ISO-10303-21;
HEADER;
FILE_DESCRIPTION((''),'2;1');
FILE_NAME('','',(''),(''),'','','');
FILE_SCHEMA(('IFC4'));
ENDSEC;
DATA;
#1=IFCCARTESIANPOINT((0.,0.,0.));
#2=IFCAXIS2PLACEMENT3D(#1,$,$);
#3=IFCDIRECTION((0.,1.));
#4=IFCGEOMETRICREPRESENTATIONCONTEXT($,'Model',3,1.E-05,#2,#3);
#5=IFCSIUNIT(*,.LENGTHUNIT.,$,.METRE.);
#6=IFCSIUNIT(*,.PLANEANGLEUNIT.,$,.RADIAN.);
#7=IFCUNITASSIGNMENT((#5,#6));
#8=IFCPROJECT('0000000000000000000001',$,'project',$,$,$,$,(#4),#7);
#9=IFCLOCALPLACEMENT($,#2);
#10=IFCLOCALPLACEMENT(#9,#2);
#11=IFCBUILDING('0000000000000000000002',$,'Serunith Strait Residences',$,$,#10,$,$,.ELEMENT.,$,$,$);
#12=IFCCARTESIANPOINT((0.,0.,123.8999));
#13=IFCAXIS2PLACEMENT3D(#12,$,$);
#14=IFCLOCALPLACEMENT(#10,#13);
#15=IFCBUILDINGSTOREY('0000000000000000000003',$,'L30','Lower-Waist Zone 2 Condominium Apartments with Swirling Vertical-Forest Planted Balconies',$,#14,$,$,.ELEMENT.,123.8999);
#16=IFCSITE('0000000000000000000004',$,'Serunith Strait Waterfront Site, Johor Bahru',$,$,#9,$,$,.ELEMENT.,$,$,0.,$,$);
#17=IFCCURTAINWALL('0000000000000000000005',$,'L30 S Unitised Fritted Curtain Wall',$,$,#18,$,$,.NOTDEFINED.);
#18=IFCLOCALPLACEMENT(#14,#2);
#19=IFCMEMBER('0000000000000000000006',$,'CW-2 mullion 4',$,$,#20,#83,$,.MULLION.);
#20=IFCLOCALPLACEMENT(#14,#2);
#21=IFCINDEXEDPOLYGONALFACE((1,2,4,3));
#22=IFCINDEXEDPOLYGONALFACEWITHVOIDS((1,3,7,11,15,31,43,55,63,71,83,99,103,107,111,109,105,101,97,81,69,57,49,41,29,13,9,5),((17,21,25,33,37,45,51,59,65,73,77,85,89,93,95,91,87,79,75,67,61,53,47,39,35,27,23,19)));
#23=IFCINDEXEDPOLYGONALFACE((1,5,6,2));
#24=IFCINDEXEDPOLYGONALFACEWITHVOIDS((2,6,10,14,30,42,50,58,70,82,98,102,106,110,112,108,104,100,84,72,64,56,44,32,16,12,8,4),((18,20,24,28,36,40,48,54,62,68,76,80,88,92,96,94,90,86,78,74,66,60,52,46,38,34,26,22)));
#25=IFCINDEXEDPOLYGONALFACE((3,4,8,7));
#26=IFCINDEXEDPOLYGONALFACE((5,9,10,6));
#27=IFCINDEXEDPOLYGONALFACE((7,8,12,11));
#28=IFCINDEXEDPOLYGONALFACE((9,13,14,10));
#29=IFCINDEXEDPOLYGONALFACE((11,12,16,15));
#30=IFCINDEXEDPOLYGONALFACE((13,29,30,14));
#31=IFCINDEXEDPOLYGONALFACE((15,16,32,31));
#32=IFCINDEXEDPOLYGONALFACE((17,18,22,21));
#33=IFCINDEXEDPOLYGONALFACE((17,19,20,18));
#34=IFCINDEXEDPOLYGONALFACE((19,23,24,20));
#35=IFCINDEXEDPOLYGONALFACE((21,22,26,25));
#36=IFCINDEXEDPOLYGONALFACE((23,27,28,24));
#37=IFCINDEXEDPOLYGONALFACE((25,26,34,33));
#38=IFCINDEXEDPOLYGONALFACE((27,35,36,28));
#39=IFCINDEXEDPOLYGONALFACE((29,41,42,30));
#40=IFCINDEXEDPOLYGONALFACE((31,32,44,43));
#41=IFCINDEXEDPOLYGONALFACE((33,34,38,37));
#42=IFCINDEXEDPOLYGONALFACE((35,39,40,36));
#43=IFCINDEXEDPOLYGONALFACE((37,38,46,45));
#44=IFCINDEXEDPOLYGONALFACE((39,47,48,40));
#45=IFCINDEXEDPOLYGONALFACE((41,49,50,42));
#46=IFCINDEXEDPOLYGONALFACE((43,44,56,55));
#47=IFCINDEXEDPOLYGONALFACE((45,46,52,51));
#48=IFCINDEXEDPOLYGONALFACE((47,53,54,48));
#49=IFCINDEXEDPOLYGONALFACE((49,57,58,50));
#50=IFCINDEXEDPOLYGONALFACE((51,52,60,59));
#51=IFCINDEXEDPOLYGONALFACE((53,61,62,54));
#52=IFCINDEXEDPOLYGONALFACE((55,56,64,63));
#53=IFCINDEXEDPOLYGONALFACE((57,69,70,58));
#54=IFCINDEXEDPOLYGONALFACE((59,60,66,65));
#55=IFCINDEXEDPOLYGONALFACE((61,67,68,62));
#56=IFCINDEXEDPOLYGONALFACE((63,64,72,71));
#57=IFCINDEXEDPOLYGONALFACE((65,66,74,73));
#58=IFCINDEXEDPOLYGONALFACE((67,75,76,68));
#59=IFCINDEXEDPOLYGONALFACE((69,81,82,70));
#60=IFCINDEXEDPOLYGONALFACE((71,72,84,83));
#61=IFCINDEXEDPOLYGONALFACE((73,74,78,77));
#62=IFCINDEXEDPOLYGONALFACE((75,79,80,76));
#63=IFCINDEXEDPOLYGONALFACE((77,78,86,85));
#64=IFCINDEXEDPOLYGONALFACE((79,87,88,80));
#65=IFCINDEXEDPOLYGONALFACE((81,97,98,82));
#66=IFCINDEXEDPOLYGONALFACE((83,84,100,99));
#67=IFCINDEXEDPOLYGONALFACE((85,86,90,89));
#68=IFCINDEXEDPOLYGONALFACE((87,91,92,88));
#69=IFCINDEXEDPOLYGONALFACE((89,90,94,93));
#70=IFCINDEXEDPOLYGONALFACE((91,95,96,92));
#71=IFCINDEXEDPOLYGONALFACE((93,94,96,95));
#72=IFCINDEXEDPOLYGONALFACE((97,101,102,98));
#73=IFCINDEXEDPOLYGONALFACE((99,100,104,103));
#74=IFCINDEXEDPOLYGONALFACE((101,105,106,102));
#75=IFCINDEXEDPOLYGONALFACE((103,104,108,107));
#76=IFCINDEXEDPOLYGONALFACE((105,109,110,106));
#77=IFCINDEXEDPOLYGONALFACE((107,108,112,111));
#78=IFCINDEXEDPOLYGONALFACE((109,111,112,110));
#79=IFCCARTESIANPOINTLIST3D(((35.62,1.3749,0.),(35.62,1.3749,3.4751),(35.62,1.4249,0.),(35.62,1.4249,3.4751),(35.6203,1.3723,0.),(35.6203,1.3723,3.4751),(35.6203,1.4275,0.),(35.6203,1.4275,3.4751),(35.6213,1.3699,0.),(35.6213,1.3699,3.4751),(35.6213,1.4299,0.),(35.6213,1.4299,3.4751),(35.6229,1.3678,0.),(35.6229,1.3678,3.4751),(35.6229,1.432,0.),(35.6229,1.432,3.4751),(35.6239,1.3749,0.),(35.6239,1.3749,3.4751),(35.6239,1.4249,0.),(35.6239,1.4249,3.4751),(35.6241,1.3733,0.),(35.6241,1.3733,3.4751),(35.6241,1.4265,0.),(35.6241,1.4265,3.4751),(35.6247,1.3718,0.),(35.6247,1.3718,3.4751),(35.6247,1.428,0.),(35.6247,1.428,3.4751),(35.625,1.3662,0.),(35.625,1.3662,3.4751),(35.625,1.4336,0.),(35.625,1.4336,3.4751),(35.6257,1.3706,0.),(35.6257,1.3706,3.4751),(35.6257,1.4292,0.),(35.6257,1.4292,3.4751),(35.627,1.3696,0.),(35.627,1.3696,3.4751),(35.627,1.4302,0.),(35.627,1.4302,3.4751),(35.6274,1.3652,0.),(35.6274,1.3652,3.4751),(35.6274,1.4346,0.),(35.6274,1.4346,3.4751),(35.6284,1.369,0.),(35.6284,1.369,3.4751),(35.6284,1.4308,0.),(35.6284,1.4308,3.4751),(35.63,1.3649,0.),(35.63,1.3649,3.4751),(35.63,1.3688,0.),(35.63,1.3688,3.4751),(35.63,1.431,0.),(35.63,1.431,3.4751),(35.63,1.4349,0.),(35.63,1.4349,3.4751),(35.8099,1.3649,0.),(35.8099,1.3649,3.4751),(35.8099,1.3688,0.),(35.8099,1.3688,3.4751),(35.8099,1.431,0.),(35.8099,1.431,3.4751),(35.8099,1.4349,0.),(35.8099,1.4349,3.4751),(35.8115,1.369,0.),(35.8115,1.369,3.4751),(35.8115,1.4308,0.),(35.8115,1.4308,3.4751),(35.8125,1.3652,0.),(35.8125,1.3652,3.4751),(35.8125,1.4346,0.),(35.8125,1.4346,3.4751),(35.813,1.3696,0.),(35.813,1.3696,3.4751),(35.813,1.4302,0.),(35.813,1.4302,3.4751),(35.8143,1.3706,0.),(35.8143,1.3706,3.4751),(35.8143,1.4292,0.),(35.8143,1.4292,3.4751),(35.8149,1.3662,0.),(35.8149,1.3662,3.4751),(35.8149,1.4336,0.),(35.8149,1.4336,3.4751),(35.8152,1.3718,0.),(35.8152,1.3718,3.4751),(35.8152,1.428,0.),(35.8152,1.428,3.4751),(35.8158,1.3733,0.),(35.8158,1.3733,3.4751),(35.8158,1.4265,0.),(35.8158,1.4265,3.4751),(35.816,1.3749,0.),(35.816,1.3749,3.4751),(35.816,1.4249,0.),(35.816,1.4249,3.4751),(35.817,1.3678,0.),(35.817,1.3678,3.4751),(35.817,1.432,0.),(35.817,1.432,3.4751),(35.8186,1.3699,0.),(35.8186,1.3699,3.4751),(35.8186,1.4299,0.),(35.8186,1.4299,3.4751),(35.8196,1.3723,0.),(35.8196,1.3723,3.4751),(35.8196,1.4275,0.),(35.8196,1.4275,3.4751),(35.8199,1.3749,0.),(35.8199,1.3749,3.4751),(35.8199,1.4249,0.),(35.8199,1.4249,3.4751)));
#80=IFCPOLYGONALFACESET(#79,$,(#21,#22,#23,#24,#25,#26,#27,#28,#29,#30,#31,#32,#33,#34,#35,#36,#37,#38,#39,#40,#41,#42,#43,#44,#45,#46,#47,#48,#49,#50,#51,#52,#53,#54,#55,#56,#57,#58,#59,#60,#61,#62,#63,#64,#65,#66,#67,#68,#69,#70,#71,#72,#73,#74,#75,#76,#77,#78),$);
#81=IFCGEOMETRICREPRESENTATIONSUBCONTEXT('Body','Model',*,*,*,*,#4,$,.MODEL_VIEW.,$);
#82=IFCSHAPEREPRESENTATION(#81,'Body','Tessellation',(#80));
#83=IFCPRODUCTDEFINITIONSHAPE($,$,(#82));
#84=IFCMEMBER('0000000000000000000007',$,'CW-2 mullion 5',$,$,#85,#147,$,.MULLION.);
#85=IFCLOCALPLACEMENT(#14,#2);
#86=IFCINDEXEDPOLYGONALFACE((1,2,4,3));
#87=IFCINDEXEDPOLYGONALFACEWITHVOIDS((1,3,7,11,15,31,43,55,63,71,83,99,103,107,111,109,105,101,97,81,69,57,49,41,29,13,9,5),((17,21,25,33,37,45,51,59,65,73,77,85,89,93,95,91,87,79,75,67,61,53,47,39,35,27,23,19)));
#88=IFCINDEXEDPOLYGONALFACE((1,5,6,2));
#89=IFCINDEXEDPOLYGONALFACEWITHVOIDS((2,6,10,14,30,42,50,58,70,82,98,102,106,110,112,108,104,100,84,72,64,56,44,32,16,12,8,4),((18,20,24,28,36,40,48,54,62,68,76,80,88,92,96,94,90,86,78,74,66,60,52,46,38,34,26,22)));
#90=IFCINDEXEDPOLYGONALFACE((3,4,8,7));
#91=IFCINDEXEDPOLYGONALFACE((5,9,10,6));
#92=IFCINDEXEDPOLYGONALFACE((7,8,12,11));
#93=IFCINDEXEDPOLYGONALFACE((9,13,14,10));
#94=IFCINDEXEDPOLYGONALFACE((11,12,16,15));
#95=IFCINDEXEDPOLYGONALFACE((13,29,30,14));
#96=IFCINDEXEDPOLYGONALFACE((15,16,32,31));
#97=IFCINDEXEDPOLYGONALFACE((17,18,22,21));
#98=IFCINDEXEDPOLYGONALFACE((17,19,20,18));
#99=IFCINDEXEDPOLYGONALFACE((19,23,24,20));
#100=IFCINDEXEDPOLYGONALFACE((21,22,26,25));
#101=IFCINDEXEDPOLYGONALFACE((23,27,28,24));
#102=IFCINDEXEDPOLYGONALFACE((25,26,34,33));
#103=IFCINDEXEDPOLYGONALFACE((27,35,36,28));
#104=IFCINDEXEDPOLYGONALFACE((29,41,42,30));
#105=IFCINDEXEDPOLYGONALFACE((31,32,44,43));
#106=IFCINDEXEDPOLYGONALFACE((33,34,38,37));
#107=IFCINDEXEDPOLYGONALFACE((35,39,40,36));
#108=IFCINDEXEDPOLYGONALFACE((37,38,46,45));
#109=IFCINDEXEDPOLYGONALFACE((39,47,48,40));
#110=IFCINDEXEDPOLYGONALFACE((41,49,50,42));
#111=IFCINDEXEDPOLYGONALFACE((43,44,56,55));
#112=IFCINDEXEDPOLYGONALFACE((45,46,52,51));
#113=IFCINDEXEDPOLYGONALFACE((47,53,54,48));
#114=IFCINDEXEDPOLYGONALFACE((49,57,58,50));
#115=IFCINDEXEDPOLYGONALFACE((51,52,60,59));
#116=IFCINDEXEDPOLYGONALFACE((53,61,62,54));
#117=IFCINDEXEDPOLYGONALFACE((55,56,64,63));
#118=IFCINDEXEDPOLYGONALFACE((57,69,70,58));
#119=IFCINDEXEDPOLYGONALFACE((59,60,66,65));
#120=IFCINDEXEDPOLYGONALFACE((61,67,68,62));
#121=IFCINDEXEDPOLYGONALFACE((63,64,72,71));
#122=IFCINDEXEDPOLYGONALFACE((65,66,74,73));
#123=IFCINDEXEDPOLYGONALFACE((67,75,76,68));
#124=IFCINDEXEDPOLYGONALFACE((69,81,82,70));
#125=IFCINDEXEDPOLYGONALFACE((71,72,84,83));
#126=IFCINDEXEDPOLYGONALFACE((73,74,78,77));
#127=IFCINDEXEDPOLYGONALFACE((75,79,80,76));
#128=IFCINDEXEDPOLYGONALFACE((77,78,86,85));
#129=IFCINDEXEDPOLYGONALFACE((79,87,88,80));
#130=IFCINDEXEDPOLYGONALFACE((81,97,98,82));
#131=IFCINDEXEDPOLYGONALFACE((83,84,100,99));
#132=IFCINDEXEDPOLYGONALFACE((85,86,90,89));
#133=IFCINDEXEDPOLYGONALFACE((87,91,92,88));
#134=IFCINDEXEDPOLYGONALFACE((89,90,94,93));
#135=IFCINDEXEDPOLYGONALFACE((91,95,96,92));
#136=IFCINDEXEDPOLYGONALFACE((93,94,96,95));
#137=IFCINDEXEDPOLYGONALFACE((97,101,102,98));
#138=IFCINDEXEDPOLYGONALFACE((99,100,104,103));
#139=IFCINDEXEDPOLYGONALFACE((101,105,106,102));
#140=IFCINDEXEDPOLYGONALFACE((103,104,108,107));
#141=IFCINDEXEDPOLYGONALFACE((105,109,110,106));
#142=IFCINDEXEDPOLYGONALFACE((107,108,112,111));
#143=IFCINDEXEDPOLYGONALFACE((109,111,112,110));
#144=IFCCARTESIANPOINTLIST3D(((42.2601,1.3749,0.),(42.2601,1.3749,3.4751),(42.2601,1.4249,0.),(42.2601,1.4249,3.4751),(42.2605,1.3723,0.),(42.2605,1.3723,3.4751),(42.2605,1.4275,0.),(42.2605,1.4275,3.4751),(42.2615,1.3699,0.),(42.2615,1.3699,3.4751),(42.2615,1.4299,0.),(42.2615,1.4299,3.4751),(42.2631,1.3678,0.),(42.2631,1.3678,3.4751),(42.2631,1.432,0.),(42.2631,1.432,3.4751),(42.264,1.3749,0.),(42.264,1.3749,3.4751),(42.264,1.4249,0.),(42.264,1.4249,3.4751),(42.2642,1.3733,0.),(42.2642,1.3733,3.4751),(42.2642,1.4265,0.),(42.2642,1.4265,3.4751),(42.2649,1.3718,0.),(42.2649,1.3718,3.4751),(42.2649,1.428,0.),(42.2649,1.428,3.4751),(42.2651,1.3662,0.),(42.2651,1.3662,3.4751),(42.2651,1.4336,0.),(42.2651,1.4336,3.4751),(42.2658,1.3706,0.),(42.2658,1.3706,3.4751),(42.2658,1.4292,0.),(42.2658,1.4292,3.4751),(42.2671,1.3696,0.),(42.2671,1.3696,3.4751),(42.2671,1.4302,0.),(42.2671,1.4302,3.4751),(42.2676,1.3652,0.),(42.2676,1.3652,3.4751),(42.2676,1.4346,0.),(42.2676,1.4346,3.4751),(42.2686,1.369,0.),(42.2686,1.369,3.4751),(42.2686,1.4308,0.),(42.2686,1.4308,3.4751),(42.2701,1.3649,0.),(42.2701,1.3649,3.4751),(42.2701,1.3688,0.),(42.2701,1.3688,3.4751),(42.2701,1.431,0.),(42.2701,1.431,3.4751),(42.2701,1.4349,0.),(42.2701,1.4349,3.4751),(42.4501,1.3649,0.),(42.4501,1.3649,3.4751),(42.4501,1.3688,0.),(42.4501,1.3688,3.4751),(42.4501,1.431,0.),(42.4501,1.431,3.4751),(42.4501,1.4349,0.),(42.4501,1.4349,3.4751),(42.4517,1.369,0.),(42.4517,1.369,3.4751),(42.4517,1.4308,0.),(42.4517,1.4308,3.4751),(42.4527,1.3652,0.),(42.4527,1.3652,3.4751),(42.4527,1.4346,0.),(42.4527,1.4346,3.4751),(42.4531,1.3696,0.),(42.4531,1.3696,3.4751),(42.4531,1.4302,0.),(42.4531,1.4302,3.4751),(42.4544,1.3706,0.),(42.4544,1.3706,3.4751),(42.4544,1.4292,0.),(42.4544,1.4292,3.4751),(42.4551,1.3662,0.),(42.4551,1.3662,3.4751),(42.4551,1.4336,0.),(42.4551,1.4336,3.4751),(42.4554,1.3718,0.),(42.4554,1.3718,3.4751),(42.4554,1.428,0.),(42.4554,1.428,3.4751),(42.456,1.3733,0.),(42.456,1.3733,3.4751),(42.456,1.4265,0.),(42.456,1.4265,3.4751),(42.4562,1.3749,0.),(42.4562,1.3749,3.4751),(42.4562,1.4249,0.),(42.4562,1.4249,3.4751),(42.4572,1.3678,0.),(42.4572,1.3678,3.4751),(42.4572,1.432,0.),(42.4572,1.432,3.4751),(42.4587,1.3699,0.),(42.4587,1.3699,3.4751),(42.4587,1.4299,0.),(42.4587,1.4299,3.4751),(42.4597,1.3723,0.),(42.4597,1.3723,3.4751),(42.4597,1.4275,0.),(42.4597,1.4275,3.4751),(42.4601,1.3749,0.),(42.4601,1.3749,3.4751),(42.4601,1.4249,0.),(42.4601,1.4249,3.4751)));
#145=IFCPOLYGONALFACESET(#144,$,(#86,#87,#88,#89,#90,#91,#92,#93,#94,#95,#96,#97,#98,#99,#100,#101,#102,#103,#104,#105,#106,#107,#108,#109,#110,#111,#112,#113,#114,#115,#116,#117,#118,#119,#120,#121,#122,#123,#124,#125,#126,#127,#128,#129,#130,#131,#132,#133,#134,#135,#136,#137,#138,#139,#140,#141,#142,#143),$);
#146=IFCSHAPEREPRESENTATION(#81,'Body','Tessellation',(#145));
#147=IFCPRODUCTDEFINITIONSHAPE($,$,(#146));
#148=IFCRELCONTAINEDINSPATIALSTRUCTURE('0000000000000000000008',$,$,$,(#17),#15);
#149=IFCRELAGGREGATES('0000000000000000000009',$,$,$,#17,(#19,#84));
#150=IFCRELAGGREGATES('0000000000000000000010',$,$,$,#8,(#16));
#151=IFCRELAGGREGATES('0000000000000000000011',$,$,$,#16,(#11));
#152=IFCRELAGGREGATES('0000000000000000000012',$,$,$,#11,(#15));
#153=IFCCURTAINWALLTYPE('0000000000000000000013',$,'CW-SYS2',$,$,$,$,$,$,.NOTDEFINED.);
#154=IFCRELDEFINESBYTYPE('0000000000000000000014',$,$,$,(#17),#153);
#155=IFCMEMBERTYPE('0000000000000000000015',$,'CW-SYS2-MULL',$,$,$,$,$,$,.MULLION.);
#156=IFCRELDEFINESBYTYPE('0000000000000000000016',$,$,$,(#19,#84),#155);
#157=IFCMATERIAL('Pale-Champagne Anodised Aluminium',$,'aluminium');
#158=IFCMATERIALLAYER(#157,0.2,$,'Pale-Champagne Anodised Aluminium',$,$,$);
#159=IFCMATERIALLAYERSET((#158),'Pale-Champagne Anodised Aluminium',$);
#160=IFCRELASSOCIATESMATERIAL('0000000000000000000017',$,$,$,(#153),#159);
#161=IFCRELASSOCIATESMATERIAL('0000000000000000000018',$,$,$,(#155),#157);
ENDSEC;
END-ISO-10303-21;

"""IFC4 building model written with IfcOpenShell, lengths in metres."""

from ifc_helpers import new_model, si_unit, direction, frame, origin, origin_2d, place, context, subcontext, project, spatial, hollow_rectangle, extrude, source, transform, mapped, material, layer, layer_set, material_profile, profile_set, type_object, element, aggregate, save


model = new_model("IFC4")

# Units and contexts
model_context = context("Model", 3, precision=1e-05, world=origin(), true_north=direction((0.0, 1.0)))
body_context = subcontext(model_context, "Body", "Model", "MODEL_VIEW")
ifc_project = project(units=[si_unit("LENGTHUNIT", "METRE"), si_unit("PLANEANGLEUNIT", "RADIAN")], contexts=[model_context])

# Site, building, storey
site_placement = place(None, origin())
site = spatial("IfcSite", under=ifc_project, at=site_placement, Name="Serunith Strait Waterfront Site, Johor Bahru", CompositionType="ELEMENT", RefElevation=0.0)
building_placement = place(site_placement, origin())
building = spatial("IfcBuilding", under=site, at=building_placement, Name="Serunith Strait Residences", CompositionType="ELEMENT")
storey_placement = place(building_placement, frame((0.0, 0.0, 123.8999)))
storey = spatial("IfcBuildingStorey", under=building, at=storey_placement, Name="L30", Description="Lower-Waist Zone 2 Condominium Apartments with Swirling Vertical-Forest Planted Balconies", CompositionType="ELEMENT", Elevation=123.8999)

# Curtain wall, members
ifc_material_1 = material(Name="Pale-Champagne Anodised Aluminium", Category="aluminium")
ifc_layer_1 = layer(ifc_material_1, 0.2, Name="Pale-Champagne Anodised Aluminium")
ifc_layer_set_1 = layer_set([ifc_layer_1], Name="Pale-Champagne Anodised Aluminium")
curtain_wall_type = type_object("IfcCurtainWallType", Name="CW-SYS2", PredefinedType="NOTDEFINED", material=ifc_layer_set_1)
curtain_wall_placement = place(storey_placement, origin())
curtain_wall = element("IfcCurtainWall", 1, at=curtain_wall_placement, inside=storey, type_object=curtain_wall_type, Name="L30 S Unitised Fritted Curtain Wall", PredefinedType="NOTDEFINED")
ifc_material_profile_1 = material_profile(ifc_material_1, hollow_rectangle(XDim=0.0701, YDim=0.2, WallThickness=0.0039, InnerFilletRadius=0.0061, OuterFilletRadius=0.01, at=origin_2d()), Name="ALU 200x70x4")
ifc_profile_set_1 = profile_set([ifc_material_profile_1], Name="Pale-Champagne Anodised Aluminium")
member_type_1 = type_object("IfcMemberType", Name="CW-SYS2-MULL", PredefinedType="MULLION", material=ifc_profile_set_1)
shared_shape_1 = source(origin(), body_context, "Body", "SweptSolid", [
    extrude(hollow_rectangle(XDim=0.0701, YDim=0.2, WallThickness=0.0039, InnerFilletRadius=0.0061, OuterFilletRadius=0.01, at=origin_2d()), origin(), (0.0, 0.0, 1.0), 3.4751),
])
member_1_placement = place(storey_placement, frame((35.72, 1.3999, 0.0), z_axis=(0.0, 0.0, 1.0), x_axis=(0.0, 1.0, 0.0)))
member_1 = element("IfcMember", 2, at=member_1_placement, type_object=member_type_1, Name="CW-2 mullion 4", PredefinedType="MULLION", context=body_context, shape_type="MappedRepresentation", body=[
    mapped(shared_shape_1, transform((0.0, 0.0, 0.0), scale=1.0)),
])
member_2_placement = place(storey_placement, frame((42.3601, 1.3999, 0.0), z_axis=(0.0, 0.0, 1.0), x_axis=(0.0, 1.0, 0.0)))
member_2 = element("IfcMember", 3, at=member_2_placement, type_object=member_type_1, Name="CW-2 mullion 5", PredefinedType="MULLION", context=body_context, shape_type="MappedRepresentation", body=[
    mapped(shared_shape_1, transform((0.0, 0.0, 0.0), scale=1.0)),
])
aggregate(curtain_wall, [member_1, member_2])

save(model, "model.ifc")
